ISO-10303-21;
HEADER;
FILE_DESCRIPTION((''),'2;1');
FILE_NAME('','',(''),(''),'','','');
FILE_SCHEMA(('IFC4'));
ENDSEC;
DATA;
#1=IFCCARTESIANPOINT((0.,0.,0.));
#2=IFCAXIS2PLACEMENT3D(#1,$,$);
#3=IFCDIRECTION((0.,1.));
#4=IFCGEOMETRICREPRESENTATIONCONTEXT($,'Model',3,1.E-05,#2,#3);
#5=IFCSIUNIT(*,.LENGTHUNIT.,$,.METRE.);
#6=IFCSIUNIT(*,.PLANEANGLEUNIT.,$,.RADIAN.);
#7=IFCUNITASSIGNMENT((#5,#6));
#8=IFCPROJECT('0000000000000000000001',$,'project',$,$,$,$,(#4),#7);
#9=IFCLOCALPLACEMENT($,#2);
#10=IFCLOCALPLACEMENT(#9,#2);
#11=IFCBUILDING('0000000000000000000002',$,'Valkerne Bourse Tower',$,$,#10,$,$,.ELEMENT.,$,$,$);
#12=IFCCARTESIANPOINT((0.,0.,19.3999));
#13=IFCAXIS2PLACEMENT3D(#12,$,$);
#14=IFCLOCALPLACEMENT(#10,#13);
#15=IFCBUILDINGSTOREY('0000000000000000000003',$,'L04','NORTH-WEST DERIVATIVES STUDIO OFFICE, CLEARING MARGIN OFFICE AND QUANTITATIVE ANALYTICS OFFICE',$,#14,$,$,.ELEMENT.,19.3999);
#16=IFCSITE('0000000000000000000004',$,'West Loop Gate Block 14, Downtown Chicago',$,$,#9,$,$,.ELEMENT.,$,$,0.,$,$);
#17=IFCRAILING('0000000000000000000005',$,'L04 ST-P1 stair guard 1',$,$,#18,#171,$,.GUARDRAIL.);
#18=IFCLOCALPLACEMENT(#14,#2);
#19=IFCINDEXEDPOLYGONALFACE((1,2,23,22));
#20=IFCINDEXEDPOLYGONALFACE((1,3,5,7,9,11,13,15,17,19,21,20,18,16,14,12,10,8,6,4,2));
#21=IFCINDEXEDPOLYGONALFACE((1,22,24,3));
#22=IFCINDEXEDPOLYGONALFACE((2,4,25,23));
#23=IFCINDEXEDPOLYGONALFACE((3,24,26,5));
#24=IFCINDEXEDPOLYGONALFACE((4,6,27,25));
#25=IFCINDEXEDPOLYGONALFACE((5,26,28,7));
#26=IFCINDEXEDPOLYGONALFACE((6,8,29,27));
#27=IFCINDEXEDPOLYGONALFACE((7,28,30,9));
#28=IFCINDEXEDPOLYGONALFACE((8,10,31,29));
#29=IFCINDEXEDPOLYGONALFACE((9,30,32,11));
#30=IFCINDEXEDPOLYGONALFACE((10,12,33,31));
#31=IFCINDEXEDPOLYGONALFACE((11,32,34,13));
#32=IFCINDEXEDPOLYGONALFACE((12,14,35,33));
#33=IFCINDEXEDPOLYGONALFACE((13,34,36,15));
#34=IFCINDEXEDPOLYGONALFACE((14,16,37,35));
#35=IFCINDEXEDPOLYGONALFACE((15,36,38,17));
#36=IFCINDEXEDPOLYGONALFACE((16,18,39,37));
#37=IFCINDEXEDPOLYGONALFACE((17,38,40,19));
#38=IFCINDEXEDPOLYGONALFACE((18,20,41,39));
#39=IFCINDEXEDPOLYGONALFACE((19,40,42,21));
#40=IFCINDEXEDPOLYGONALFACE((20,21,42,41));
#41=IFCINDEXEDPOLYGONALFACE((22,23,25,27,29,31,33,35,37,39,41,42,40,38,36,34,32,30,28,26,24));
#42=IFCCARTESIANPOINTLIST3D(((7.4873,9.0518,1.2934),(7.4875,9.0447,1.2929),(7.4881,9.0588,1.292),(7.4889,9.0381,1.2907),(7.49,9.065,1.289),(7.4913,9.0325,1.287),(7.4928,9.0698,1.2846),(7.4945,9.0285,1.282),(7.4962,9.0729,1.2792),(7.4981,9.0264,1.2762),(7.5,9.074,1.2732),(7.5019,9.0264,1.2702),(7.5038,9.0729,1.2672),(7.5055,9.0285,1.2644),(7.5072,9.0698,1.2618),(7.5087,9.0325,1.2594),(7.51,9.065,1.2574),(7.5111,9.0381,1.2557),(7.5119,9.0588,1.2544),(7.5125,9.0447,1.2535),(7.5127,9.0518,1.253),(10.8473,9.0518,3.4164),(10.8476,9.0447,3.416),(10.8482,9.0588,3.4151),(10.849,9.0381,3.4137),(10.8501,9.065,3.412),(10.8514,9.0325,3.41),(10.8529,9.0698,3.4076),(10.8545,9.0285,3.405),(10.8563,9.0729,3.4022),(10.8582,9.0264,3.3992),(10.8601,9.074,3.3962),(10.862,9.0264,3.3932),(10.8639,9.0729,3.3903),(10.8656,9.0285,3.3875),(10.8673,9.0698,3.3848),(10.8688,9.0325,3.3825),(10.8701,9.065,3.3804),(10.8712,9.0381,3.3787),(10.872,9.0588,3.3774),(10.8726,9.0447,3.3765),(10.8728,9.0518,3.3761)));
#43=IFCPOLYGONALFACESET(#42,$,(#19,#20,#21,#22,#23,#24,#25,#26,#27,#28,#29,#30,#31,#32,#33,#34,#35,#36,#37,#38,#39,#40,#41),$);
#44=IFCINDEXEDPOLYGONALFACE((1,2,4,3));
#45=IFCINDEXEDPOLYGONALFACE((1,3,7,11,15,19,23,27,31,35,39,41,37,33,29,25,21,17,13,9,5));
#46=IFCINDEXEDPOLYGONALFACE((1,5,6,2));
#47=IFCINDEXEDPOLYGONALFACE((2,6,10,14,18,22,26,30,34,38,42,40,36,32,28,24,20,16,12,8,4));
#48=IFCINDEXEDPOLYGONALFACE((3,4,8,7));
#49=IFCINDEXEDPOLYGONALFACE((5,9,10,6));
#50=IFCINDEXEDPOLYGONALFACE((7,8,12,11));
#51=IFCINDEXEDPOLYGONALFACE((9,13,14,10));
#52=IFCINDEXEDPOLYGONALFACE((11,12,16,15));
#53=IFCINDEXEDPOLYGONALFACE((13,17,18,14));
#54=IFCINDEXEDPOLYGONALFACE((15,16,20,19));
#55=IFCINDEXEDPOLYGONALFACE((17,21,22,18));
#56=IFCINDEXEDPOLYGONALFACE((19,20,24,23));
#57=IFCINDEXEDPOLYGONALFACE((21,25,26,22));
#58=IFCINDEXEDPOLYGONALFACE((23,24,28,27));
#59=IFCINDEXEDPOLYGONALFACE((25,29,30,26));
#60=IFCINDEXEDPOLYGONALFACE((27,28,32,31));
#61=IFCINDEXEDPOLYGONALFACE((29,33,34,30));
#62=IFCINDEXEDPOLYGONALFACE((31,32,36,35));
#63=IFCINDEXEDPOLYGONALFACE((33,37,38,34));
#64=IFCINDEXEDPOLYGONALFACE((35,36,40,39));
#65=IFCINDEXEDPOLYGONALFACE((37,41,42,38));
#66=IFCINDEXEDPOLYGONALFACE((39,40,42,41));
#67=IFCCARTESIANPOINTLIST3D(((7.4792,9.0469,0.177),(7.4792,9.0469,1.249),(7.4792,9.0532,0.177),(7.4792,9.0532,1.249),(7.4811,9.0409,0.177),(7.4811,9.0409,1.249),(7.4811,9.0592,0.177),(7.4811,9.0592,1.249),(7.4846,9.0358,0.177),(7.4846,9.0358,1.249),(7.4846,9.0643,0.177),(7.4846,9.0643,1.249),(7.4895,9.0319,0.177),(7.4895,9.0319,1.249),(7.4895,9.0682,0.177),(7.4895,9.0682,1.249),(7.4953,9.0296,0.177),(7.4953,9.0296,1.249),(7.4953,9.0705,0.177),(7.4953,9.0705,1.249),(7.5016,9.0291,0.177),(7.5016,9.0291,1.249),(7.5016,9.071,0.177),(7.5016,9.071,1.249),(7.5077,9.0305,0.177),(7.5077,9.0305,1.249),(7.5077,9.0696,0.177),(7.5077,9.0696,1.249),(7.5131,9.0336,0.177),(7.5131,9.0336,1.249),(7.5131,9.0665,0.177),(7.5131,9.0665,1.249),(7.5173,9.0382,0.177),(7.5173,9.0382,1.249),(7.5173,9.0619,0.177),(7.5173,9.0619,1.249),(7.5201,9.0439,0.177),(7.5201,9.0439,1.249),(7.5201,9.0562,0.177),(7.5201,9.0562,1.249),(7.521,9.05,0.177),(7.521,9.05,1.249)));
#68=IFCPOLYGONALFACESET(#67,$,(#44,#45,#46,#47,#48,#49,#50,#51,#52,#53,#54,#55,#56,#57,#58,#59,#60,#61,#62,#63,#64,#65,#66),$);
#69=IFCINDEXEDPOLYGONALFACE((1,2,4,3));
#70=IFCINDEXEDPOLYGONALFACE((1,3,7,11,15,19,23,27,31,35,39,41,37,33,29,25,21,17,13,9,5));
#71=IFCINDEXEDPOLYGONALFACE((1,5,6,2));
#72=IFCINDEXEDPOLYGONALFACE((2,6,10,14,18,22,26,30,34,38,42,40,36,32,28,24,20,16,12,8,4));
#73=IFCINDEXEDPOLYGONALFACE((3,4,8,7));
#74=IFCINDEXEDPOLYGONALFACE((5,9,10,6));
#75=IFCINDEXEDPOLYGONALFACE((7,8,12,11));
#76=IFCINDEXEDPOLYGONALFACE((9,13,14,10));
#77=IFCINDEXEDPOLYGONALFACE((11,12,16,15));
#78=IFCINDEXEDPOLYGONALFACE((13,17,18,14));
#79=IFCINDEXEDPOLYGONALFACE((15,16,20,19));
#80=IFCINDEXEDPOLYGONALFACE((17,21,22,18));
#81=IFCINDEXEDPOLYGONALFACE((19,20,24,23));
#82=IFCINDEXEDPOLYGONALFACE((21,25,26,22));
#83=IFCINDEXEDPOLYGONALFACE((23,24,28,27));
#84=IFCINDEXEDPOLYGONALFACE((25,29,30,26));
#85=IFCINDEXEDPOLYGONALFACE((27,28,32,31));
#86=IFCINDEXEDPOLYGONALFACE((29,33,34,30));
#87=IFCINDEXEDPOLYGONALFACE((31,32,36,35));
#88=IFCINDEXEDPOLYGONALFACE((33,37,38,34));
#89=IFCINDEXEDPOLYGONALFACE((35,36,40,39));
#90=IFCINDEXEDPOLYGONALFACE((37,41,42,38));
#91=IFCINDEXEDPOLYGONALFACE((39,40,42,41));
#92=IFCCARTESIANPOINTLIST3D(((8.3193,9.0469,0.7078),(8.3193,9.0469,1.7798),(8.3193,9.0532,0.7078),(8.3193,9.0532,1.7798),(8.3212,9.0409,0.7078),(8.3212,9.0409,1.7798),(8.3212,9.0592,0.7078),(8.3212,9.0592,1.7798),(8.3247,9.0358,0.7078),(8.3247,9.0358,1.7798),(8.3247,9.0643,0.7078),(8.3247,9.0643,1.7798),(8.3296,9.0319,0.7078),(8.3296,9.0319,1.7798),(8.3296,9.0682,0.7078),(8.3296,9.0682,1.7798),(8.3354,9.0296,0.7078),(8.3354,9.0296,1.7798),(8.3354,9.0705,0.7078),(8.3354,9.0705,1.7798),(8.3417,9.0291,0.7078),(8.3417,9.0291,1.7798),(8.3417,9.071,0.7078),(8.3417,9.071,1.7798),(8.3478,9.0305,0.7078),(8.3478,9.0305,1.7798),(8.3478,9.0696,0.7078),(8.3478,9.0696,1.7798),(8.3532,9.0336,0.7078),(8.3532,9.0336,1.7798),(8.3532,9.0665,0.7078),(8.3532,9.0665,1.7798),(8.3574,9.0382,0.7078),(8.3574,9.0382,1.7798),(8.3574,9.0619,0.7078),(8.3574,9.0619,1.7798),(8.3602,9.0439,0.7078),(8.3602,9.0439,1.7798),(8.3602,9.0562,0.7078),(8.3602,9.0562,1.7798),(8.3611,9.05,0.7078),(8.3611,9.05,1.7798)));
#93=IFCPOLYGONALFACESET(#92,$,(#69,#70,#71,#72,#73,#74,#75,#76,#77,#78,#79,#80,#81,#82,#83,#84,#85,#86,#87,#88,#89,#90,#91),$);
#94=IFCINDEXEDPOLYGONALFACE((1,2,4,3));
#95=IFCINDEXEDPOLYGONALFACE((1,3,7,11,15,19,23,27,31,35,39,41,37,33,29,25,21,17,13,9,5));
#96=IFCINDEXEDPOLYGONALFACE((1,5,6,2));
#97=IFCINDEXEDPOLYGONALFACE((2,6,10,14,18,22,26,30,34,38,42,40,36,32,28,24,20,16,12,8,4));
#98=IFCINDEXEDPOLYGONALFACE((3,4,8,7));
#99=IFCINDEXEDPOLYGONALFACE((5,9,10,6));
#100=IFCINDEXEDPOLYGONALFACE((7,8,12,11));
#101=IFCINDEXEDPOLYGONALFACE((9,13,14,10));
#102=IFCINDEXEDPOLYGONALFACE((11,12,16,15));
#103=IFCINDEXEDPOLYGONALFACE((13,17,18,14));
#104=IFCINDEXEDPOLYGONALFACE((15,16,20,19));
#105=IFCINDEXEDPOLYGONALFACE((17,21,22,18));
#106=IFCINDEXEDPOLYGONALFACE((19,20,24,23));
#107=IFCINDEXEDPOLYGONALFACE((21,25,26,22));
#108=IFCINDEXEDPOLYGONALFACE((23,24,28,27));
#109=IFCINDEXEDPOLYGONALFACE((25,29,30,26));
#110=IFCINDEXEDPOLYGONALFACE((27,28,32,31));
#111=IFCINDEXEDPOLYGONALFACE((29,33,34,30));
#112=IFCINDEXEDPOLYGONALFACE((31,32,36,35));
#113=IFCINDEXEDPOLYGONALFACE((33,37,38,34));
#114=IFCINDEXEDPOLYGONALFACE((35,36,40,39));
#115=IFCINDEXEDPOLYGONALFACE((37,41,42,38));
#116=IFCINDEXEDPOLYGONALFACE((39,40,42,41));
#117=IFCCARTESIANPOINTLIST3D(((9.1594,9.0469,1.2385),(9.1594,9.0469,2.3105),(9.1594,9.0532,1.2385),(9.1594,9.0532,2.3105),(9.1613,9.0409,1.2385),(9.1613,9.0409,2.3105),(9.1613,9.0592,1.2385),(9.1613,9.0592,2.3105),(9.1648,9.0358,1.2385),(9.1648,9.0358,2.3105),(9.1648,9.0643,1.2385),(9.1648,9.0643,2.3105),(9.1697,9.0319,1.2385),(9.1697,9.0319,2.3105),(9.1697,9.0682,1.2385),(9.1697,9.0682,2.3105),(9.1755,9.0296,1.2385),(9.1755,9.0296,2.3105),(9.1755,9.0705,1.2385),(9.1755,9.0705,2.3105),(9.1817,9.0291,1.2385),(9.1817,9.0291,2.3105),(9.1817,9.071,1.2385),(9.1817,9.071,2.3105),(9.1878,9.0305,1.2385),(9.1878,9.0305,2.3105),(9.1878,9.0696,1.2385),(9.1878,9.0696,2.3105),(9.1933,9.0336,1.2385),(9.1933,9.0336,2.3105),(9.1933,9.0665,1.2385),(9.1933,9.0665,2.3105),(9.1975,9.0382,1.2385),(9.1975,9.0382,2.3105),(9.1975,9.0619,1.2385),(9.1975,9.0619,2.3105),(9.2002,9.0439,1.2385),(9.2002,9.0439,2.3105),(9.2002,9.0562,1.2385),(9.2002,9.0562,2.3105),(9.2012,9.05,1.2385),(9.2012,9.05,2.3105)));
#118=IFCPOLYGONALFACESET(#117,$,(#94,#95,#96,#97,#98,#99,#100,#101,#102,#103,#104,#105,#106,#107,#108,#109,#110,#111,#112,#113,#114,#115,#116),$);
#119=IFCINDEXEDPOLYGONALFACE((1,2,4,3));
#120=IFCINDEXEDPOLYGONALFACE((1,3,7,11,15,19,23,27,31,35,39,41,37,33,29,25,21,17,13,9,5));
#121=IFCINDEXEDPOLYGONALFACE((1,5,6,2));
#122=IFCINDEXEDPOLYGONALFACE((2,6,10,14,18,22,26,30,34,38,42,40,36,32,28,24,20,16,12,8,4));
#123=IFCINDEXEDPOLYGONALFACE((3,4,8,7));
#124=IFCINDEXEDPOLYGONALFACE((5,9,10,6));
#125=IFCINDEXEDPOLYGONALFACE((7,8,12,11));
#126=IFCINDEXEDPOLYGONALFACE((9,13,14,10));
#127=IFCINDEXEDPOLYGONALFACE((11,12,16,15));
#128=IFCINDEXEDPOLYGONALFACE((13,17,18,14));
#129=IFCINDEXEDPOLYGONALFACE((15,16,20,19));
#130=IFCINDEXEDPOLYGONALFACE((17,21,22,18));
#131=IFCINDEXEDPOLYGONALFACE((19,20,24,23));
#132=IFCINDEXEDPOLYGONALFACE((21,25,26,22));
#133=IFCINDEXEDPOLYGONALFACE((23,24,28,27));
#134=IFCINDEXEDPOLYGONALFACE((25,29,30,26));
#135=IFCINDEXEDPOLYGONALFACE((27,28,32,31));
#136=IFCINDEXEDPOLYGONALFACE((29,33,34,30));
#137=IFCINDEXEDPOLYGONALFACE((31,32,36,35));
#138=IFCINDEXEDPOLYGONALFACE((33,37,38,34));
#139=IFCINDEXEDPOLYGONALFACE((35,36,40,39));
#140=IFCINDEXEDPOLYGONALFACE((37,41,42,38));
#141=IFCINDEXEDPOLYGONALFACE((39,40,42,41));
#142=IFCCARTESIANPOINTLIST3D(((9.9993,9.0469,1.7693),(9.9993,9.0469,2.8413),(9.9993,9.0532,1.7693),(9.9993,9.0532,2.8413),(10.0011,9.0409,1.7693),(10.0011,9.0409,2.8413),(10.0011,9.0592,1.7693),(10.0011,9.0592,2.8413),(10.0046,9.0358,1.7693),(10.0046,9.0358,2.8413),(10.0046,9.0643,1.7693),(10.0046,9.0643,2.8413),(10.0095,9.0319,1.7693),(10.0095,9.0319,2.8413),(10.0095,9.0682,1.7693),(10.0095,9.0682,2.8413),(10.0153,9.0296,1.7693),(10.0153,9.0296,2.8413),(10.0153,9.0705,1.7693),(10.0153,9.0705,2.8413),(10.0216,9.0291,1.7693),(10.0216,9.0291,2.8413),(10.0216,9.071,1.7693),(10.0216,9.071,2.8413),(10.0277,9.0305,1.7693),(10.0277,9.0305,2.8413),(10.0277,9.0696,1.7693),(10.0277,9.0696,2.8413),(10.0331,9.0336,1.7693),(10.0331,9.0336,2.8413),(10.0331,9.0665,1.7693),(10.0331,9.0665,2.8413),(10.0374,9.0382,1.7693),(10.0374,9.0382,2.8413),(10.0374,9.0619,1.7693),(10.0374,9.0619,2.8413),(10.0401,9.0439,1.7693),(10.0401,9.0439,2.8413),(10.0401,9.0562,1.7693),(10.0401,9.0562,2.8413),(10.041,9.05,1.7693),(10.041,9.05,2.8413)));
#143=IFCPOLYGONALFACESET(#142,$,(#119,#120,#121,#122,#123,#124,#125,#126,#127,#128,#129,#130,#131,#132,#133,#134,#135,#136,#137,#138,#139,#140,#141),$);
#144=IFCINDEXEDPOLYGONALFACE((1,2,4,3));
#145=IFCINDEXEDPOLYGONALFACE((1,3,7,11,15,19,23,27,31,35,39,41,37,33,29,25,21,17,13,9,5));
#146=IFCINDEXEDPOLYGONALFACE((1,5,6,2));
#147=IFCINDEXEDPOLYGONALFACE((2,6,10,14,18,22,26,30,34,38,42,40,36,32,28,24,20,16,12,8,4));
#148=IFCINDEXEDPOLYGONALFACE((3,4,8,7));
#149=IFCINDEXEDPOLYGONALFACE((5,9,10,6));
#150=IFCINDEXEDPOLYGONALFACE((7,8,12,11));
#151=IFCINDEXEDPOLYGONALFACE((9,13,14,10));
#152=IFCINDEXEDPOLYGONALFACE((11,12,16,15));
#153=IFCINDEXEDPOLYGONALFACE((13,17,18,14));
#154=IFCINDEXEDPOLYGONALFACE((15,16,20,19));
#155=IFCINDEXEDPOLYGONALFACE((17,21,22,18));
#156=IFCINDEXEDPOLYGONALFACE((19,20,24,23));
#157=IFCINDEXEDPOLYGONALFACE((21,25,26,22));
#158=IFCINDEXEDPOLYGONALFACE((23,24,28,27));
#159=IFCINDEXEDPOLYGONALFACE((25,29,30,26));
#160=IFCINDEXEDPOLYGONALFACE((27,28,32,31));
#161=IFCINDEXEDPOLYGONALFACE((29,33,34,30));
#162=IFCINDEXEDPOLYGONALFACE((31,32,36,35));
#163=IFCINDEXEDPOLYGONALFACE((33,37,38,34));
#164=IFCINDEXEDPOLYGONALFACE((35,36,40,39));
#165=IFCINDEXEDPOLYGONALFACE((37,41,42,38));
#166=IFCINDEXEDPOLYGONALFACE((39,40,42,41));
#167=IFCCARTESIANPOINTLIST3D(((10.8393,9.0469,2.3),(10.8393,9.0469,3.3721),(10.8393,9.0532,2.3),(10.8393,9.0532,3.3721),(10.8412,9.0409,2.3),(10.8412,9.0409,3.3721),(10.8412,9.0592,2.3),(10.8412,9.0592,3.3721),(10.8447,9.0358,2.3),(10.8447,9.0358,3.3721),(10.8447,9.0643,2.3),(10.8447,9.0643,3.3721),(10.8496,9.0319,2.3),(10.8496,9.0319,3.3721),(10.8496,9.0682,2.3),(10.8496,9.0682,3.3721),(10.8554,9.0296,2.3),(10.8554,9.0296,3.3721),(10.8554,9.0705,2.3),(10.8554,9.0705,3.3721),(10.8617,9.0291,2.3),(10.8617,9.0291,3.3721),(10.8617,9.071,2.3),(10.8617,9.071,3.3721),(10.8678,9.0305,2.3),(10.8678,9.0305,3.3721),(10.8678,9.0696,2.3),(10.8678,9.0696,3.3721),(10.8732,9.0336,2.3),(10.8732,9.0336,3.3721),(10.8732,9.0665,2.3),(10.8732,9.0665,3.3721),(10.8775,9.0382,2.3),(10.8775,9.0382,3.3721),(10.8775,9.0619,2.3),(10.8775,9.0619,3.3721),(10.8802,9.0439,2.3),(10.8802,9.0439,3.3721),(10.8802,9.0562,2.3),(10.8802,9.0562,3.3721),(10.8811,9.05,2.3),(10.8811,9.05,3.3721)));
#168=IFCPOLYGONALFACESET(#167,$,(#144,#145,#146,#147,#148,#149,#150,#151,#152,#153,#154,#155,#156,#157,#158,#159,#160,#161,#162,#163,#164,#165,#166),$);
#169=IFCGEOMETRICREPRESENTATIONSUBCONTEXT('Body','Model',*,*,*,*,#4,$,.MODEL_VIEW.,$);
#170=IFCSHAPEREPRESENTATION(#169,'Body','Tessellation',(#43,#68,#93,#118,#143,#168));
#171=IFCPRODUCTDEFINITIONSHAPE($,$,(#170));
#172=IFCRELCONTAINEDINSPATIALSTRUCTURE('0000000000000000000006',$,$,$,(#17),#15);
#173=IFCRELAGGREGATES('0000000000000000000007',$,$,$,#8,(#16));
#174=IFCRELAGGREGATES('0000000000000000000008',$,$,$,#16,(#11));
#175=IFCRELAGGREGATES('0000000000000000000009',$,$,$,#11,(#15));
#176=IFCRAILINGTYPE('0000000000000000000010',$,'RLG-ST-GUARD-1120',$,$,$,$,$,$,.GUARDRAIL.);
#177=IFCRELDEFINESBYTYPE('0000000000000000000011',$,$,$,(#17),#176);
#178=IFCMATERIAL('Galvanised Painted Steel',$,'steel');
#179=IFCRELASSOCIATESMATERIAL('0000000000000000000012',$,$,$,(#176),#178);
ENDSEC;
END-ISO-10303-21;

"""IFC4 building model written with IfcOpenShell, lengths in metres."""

from ifc_helpers import new_model, si_unit, direction, frame, origin, origin_2d, place, context, subcontext, project, spatial, circle, extrude, material, type_object, element, save


model = new_model("IFC4")

# Units and contexts
model_context = context("Model", 3, precision=1e-05, world=origin(), true_north=direction((0.0, 1.0)))
body_context = subcontext(model_context, "Body", "Model", "MODEL_VIEW")
ifc_project = project(units=[si_unit("LENGTHUNIT", "METRE"), si_unit("PLANEANGLEUNIT", "RADIAN")], contexts=[model_context])

# Site, building, storey
site_placement = place(None, origin())
site = spatial("IfcSite", under=ifc_project, at=site_placement, Name="West Loop Gate Block 14, Downtown Chicago", CompositionType="ELEMENT", RefElevation=0.0)
building_placement = place(site_placement, origin())
building = spatial("IfcBuilding", under=site, at=building_placement, Name="Valkerne Bourse Tower", CompositionType="ELEMENT")
storey_placement = place(building_placement, frame((0.0, 0.0, 19.3999)))
storey = spatial("IfcBuildingStorey", under=building, at=storey_placement, Name="L04", Description="NORTH-WEST DERIVATIVES STUDIO OFFICE, CLEARING MARGIN OFFICE AND QUANTITATIVE ANALYTICS OFFICE", CompositionType="ELEMENT", Elevation=19.3999)

# Railing
ifc_material_1 = material(Name="Galvanised Painted Steel", Category="steel")
railing_type_1 = type_object("IfcRailingType", Name="RLG-ST-GUARD-1120", PredefinedType="GUARDRAIL", material=ifc_material_1)
railing_1_placement = place(storey_placement, frame((7.5, 9.05, 0.177)))
element("IfcRailing", 1, at=railing_1_placement, inside=storey, type_object=railing_type_1, Name="L04 ST-P1 stair guard 1", PredefinedType="GUARDRAIL", context=body_context, shape_type="SweptSolid", body=[
    extrude(circle(Radius=0.0239, at=origin_2d()), frame((0.0, 0.0, 1.0962), z_axis=(0.84539, 0.0, 0.53415), x_axis=(0.0, 1.0, 0.0)), (0.0, 0.0, 1.0), 3.9746),
    extrude(circle(Radius=0.021, at=origin_2d()), origin(), (0.0, 0.0, 1.0), 1.072),
    extrude(circle(Radius=0.021, at=origin_2d()), frame((0.8401, 0.0, 0.5308)), (0.0, 0.0, 1.0), 1.072),
    extrude(circle(Radius=0.021, at=origin_2d()), frame((1.6802, 0.0, 1.0615)), (0.0, 0.0, 1.0), 1.072),
    extrude(circle(Radius=0.021, at=origin_2d()), frame((2.52, 0.0, 1.5923)), (0.0, 0.0, 1.0), 1.072),
    extrude(circle(Radius=0.021, at=origin_2d()), frame((3.3601, 0.0, 2.123)), (0.0, 0.0, 1.0), 1.072),
])

save(model, "model.ifc")
